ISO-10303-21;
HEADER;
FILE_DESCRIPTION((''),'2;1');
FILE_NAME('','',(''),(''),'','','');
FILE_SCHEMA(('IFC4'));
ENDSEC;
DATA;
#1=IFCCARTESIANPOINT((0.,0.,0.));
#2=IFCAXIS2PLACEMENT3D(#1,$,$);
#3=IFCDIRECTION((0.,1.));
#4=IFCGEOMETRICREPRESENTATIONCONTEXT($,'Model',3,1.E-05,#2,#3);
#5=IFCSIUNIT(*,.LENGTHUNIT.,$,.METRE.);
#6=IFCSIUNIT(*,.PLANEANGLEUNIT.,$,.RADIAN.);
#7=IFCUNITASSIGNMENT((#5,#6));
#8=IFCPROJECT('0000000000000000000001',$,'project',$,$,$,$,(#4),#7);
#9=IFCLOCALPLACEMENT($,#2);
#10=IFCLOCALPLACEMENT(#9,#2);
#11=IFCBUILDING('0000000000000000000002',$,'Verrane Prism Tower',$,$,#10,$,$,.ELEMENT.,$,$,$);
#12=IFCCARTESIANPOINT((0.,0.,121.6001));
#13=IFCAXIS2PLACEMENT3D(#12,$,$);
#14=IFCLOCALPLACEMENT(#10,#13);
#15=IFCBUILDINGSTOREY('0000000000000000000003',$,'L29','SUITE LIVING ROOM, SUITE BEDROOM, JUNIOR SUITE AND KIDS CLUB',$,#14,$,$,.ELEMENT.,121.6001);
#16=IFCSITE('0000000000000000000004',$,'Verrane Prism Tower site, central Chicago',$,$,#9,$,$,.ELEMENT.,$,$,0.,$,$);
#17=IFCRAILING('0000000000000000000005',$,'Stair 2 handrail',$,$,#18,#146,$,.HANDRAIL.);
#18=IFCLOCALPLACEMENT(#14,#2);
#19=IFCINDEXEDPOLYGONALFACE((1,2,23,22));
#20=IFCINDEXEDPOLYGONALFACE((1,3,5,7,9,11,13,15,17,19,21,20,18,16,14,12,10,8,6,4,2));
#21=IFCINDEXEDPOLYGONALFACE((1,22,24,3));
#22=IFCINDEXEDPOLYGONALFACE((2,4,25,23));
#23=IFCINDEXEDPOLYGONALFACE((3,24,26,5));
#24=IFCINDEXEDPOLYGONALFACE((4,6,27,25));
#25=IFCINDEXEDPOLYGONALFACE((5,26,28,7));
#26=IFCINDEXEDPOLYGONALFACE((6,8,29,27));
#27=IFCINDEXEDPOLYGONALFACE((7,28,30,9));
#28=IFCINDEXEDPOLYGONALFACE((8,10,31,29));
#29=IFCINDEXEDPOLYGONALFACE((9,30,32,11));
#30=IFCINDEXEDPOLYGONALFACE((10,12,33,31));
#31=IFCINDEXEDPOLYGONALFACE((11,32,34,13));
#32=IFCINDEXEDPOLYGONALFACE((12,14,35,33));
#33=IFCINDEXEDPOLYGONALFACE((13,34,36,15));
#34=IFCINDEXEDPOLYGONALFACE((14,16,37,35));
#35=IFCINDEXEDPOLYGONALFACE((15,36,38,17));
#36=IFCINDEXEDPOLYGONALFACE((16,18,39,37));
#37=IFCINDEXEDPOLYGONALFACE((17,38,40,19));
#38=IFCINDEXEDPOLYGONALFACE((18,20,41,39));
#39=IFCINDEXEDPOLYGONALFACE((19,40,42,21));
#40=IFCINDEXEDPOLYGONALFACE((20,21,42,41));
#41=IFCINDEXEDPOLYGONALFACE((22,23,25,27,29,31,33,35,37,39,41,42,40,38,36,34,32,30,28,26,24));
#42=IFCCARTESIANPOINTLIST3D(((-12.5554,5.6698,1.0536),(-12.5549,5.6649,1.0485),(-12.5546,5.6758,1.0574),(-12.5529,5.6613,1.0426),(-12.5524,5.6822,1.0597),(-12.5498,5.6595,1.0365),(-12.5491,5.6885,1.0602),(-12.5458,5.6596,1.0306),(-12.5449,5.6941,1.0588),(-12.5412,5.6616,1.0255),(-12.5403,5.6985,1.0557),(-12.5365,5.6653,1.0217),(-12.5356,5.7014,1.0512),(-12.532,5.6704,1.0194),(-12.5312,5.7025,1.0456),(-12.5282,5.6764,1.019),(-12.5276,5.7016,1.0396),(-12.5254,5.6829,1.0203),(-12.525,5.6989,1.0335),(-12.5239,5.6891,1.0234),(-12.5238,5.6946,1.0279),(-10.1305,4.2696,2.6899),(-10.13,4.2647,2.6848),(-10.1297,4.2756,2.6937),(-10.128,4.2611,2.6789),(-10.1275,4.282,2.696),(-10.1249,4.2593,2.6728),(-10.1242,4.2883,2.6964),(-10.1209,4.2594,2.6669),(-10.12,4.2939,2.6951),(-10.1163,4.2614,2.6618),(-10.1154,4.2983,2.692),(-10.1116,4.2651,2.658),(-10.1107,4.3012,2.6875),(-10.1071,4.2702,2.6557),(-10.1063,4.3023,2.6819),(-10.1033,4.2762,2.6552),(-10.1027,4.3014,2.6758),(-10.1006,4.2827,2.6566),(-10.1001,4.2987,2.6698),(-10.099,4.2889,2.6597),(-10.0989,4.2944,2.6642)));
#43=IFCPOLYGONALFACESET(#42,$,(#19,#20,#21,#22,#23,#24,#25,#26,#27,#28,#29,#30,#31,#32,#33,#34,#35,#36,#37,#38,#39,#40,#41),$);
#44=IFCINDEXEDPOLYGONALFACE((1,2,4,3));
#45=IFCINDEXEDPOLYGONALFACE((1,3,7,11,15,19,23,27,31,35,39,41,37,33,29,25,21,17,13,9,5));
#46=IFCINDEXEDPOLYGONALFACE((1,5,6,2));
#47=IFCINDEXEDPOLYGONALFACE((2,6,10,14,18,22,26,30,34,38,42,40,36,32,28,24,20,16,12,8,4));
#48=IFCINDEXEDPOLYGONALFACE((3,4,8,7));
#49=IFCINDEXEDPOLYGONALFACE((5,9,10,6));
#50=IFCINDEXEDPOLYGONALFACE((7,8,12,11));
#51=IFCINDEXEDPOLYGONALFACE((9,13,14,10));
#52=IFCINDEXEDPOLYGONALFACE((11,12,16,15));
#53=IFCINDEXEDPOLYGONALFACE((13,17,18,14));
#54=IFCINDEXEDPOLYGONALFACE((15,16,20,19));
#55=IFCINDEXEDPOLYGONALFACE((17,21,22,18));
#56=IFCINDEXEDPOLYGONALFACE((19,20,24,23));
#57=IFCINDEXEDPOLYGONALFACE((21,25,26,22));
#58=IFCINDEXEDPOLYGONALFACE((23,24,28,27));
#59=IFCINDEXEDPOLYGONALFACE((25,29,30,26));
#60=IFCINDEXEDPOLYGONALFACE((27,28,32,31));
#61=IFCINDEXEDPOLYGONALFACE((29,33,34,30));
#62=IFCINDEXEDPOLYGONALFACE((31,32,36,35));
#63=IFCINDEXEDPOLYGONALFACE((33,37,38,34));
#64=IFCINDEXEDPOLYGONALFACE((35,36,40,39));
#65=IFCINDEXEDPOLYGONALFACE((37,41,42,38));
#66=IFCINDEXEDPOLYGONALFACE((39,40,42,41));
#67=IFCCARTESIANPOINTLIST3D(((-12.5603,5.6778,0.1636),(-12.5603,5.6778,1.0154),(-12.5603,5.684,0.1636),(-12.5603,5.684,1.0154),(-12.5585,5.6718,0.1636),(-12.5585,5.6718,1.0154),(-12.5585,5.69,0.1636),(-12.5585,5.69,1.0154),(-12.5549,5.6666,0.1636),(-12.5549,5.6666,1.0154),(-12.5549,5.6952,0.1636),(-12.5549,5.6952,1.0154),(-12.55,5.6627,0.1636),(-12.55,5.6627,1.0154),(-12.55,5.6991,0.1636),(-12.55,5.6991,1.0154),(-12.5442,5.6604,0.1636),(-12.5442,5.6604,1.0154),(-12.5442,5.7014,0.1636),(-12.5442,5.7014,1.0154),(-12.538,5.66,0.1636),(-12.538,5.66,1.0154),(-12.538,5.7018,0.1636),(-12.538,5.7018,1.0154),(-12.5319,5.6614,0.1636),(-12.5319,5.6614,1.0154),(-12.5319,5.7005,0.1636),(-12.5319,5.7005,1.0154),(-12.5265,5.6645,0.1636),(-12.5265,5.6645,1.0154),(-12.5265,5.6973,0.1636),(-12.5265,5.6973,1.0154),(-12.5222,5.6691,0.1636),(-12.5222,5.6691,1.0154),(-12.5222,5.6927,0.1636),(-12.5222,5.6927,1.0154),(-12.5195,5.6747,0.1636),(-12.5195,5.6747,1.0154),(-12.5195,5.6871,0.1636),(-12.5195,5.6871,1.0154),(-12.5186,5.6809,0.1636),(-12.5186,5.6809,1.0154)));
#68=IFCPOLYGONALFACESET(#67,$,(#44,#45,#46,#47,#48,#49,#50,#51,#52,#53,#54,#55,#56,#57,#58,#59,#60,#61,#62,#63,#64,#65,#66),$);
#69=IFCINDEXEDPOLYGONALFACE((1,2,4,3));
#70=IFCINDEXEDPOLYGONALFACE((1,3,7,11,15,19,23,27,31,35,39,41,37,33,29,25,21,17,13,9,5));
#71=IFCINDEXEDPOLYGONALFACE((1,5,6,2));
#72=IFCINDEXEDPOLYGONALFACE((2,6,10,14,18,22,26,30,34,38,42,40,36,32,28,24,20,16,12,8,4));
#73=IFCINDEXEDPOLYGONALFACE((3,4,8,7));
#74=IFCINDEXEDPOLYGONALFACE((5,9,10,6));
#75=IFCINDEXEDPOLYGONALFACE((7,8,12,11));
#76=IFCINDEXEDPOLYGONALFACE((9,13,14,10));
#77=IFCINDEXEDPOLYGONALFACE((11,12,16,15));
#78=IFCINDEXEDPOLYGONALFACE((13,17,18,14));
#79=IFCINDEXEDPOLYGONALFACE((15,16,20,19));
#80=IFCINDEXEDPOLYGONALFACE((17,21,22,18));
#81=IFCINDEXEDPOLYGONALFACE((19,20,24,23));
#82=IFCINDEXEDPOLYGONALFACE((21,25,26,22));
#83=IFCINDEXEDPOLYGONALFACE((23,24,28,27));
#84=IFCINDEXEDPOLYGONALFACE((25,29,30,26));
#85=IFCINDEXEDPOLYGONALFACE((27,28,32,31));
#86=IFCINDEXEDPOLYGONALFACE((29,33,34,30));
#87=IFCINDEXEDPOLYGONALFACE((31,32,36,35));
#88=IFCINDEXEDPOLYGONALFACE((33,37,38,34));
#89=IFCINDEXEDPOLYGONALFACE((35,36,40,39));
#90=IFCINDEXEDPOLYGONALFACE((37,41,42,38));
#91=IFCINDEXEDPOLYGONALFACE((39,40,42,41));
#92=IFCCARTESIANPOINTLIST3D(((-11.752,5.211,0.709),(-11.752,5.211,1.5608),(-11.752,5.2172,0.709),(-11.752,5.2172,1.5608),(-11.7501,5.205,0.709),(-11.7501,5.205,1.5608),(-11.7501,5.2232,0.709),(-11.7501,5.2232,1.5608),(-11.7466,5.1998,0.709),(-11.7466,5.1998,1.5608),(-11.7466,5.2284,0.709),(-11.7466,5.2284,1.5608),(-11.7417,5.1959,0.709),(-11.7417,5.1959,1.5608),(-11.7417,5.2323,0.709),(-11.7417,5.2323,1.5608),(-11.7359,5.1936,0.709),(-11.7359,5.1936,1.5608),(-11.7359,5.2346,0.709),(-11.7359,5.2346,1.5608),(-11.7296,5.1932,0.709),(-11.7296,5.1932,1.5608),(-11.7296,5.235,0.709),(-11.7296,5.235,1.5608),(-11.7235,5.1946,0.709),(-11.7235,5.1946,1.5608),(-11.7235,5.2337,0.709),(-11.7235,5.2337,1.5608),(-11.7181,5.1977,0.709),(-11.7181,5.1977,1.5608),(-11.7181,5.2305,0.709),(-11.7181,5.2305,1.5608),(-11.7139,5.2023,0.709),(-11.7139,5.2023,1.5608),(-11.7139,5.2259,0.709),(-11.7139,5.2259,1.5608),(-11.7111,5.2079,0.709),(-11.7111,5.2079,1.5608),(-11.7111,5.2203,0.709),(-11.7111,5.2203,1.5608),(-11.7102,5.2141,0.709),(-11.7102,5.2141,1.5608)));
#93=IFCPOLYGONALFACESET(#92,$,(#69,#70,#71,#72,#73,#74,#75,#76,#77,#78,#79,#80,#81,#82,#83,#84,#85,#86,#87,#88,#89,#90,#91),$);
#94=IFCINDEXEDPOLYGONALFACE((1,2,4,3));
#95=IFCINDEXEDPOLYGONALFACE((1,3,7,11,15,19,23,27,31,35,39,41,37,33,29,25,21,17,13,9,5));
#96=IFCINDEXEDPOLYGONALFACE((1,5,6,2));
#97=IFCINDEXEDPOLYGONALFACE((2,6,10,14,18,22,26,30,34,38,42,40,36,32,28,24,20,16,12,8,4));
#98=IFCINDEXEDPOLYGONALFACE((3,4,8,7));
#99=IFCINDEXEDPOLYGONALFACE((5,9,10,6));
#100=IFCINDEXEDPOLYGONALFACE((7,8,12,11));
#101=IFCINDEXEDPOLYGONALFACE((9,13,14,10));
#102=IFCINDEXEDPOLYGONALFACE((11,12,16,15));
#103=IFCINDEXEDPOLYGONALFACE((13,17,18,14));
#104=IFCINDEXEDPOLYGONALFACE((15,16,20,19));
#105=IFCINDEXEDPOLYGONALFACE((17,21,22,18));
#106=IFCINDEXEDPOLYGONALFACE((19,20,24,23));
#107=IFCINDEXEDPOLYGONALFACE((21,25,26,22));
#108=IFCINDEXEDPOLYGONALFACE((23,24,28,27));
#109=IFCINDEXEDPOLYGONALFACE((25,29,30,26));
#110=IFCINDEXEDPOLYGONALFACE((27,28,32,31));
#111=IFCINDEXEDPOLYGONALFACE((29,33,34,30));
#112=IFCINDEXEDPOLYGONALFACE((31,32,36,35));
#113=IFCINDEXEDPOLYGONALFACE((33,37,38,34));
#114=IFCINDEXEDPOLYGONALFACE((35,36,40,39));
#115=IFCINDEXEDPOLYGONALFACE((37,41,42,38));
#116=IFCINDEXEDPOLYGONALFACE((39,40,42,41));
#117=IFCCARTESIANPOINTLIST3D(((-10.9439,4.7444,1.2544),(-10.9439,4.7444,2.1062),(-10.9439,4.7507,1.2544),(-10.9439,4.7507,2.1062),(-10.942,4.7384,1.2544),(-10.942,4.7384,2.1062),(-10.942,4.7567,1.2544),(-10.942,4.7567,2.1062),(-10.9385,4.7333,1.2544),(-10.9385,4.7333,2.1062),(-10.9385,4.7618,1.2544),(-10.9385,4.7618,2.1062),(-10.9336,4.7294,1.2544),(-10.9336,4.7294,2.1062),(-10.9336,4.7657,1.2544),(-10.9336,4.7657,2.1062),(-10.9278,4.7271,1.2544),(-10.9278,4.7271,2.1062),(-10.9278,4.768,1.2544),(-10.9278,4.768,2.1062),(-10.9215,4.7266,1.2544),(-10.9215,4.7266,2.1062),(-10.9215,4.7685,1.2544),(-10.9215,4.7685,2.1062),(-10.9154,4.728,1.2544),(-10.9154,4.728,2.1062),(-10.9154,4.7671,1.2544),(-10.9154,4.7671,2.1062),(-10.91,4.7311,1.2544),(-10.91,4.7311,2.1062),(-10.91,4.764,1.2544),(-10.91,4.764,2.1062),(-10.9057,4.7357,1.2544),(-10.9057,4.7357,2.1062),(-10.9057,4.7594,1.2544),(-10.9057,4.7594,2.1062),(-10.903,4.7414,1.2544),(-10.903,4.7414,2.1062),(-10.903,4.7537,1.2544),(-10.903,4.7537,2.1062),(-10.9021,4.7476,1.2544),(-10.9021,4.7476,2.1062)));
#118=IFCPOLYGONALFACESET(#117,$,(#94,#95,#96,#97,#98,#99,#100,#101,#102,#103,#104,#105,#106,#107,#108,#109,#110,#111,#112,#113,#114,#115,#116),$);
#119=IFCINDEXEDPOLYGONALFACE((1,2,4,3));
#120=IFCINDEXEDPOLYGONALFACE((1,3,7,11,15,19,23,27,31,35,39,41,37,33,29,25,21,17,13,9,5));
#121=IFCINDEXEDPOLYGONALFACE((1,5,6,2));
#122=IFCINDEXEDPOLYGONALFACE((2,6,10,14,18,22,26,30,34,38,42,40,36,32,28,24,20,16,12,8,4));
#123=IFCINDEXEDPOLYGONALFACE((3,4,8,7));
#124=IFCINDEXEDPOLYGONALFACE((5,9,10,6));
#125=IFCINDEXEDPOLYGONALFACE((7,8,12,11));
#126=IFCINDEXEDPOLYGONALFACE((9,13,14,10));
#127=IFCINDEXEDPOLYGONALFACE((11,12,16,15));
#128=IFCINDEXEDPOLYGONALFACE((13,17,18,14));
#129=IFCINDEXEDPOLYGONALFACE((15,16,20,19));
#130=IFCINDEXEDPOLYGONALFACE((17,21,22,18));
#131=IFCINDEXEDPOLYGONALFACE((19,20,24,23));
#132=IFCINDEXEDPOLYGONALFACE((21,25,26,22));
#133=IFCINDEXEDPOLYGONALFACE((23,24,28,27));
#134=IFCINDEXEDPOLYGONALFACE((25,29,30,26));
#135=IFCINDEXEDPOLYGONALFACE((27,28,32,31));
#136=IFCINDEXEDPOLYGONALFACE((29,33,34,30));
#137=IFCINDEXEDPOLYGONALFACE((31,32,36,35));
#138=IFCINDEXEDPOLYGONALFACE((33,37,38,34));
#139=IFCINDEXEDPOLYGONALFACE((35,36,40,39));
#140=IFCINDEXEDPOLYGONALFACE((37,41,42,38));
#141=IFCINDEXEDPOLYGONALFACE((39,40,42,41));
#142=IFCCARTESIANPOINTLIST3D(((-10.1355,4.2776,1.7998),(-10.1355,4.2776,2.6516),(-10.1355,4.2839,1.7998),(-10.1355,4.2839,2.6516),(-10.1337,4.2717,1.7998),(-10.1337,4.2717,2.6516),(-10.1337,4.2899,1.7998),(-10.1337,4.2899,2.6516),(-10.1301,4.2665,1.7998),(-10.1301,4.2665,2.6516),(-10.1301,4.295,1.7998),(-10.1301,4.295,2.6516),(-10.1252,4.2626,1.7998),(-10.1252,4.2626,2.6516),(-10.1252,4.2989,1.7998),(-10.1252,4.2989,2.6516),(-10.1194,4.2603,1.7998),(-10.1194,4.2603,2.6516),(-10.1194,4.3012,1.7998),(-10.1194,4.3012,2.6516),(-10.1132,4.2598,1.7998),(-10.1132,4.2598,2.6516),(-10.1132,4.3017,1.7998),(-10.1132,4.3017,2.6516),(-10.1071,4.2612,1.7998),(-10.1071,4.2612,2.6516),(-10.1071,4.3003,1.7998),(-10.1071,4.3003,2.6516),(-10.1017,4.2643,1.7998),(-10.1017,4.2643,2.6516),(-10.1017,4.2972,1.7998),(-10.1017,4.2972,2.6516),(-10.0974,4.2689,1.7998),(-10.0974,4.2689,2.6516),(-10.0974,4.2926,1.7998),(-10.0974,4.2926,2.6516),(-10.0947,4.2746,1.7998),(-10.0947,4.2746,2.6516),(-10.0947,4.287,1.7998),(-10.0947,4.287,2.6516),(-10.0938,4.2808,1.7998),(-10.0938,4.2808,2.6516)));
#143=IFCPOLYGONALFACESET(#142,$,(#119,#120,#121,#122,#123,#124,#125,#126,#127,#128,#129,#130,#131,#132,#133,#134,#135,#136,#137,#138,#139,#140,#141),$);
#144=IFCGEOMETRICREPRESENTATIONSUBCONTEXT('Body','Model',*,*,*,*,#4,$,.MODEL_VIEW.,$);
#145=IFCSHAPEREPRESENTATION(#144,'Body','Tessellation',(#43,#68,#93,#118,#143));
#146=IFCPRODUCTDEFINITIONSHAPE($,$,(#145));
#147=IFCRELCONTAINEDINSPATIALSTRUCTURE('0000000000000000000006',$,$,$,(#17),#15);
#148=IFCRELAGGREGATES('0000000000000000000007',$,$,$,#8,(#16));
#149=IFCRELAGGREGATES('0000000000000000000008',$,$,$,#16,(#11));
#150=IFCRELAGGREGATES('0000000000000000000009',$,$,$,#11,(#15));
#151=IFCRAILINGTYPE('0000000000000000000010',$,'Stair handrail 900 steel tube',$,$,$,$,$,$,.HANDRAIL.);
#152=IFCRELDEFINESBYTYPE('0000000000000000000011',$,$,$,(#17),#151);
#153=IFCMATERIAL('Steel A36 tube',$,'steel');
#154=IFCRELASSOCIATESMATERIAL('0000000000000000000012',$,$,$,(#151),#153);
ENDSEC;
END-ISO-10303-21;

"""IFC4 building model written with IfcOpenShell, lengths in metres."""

from ifc_helpers import new_model, si_unit, direction, frame, origin, origin_2d, place, context, subcontext, project, spatial, circle, extrude, material, type_object, element, save


model = new_model("IFC4")

# Units and contexts
model_context = context("Model", 3, precision=1e-05, world=origin(), true_north=direction((0.0, 1.0)))
body_context = subcontext(model_context, "Body", "Model", "MODEL_VIEW")
ifc_project = project(units=[si_unit("LENGTHUNIT", "METRE"), si_unit("PLANEANGLEUNIT", "RADIAN")], contexts=[model_context])

# Site, building, storey
site_placement = place(None, origin())
site = spatial("IfcSite", under=ifc_project, at=site_placement, Name="Verrane Prism Tower site, central Chicago", CompositionType="ELEMENT", RefElevation=0.0)
building_placement = place(site_placement, origin())
building = spatial("IfcBuilding", under=site, at=building_placement, Name="Verrane Prism Tower", CompositionType="ELEMENT")
storey_placement = place(building_placement, frame((0.0, 0.0, 121.6001)))
storey = spatial("IfcBuildingStorey", under=building, at=storey_placement, Name="L29", Description="SUITE LIVING ROOM, SUITE BEDROOM, JUNIOR SUITE AND KIDS CLUB", CompositionType="ELEMENT", Elevation=121.6001)

# Railing
ifc_material_1 = material(Name="Steel A36 tube", Category="steel")
railing_type_1 = type_object("IfcRailingType", Name="Stair handrail 900 steel tube", PredefinedType="HANDRAIL", material=ifc_material_1)
railing_1_placement = place(storey_placement, frame((-12.5396, 5.6809, 0.1636)))
element("IfcRailing", 1, at=railing_1_placement, inside=storey, type_object=railing_type_1, Name="Stair 2 handrail", PredefinedType="HANDRAIL", context=body_context, shape_type="SweptSolid", body=[
    extrude(circle(Radius=0.0239, at=origin_2d()), frame((0.0, 0.0, 0.876), z_axis=(0.747694, -0.431738, 0.504535), x_axis=(0.50005, 0.865997, 0.0)), (0.0, 0.0, 1.0), 3.2432),
    extrude(circle(Radius=0.021, at=origin_2d()), origin(), (0.0, 0.0, 1.0), 0.8518),
    extrude(circle(Radius=0.021, at=origin_2d()), frame((0.8083, -0.4668, 0.5454)), (0.0, 0.0, 1.0), 0.8518),
    extrude(circle(Radius=0.021, at=origin_2d()), frame((1.6165, -0.9333, 1.0908)), (0.0, 0.0, 1.0), 0.8518),
    extrude(circle(Radius=0.021, at=origin_2d()), frame((2.4248, -1.4001, 1.6362)), (0.0, 0.0, 1.0), 0.8518),
])

save(model, "model.ifc")
